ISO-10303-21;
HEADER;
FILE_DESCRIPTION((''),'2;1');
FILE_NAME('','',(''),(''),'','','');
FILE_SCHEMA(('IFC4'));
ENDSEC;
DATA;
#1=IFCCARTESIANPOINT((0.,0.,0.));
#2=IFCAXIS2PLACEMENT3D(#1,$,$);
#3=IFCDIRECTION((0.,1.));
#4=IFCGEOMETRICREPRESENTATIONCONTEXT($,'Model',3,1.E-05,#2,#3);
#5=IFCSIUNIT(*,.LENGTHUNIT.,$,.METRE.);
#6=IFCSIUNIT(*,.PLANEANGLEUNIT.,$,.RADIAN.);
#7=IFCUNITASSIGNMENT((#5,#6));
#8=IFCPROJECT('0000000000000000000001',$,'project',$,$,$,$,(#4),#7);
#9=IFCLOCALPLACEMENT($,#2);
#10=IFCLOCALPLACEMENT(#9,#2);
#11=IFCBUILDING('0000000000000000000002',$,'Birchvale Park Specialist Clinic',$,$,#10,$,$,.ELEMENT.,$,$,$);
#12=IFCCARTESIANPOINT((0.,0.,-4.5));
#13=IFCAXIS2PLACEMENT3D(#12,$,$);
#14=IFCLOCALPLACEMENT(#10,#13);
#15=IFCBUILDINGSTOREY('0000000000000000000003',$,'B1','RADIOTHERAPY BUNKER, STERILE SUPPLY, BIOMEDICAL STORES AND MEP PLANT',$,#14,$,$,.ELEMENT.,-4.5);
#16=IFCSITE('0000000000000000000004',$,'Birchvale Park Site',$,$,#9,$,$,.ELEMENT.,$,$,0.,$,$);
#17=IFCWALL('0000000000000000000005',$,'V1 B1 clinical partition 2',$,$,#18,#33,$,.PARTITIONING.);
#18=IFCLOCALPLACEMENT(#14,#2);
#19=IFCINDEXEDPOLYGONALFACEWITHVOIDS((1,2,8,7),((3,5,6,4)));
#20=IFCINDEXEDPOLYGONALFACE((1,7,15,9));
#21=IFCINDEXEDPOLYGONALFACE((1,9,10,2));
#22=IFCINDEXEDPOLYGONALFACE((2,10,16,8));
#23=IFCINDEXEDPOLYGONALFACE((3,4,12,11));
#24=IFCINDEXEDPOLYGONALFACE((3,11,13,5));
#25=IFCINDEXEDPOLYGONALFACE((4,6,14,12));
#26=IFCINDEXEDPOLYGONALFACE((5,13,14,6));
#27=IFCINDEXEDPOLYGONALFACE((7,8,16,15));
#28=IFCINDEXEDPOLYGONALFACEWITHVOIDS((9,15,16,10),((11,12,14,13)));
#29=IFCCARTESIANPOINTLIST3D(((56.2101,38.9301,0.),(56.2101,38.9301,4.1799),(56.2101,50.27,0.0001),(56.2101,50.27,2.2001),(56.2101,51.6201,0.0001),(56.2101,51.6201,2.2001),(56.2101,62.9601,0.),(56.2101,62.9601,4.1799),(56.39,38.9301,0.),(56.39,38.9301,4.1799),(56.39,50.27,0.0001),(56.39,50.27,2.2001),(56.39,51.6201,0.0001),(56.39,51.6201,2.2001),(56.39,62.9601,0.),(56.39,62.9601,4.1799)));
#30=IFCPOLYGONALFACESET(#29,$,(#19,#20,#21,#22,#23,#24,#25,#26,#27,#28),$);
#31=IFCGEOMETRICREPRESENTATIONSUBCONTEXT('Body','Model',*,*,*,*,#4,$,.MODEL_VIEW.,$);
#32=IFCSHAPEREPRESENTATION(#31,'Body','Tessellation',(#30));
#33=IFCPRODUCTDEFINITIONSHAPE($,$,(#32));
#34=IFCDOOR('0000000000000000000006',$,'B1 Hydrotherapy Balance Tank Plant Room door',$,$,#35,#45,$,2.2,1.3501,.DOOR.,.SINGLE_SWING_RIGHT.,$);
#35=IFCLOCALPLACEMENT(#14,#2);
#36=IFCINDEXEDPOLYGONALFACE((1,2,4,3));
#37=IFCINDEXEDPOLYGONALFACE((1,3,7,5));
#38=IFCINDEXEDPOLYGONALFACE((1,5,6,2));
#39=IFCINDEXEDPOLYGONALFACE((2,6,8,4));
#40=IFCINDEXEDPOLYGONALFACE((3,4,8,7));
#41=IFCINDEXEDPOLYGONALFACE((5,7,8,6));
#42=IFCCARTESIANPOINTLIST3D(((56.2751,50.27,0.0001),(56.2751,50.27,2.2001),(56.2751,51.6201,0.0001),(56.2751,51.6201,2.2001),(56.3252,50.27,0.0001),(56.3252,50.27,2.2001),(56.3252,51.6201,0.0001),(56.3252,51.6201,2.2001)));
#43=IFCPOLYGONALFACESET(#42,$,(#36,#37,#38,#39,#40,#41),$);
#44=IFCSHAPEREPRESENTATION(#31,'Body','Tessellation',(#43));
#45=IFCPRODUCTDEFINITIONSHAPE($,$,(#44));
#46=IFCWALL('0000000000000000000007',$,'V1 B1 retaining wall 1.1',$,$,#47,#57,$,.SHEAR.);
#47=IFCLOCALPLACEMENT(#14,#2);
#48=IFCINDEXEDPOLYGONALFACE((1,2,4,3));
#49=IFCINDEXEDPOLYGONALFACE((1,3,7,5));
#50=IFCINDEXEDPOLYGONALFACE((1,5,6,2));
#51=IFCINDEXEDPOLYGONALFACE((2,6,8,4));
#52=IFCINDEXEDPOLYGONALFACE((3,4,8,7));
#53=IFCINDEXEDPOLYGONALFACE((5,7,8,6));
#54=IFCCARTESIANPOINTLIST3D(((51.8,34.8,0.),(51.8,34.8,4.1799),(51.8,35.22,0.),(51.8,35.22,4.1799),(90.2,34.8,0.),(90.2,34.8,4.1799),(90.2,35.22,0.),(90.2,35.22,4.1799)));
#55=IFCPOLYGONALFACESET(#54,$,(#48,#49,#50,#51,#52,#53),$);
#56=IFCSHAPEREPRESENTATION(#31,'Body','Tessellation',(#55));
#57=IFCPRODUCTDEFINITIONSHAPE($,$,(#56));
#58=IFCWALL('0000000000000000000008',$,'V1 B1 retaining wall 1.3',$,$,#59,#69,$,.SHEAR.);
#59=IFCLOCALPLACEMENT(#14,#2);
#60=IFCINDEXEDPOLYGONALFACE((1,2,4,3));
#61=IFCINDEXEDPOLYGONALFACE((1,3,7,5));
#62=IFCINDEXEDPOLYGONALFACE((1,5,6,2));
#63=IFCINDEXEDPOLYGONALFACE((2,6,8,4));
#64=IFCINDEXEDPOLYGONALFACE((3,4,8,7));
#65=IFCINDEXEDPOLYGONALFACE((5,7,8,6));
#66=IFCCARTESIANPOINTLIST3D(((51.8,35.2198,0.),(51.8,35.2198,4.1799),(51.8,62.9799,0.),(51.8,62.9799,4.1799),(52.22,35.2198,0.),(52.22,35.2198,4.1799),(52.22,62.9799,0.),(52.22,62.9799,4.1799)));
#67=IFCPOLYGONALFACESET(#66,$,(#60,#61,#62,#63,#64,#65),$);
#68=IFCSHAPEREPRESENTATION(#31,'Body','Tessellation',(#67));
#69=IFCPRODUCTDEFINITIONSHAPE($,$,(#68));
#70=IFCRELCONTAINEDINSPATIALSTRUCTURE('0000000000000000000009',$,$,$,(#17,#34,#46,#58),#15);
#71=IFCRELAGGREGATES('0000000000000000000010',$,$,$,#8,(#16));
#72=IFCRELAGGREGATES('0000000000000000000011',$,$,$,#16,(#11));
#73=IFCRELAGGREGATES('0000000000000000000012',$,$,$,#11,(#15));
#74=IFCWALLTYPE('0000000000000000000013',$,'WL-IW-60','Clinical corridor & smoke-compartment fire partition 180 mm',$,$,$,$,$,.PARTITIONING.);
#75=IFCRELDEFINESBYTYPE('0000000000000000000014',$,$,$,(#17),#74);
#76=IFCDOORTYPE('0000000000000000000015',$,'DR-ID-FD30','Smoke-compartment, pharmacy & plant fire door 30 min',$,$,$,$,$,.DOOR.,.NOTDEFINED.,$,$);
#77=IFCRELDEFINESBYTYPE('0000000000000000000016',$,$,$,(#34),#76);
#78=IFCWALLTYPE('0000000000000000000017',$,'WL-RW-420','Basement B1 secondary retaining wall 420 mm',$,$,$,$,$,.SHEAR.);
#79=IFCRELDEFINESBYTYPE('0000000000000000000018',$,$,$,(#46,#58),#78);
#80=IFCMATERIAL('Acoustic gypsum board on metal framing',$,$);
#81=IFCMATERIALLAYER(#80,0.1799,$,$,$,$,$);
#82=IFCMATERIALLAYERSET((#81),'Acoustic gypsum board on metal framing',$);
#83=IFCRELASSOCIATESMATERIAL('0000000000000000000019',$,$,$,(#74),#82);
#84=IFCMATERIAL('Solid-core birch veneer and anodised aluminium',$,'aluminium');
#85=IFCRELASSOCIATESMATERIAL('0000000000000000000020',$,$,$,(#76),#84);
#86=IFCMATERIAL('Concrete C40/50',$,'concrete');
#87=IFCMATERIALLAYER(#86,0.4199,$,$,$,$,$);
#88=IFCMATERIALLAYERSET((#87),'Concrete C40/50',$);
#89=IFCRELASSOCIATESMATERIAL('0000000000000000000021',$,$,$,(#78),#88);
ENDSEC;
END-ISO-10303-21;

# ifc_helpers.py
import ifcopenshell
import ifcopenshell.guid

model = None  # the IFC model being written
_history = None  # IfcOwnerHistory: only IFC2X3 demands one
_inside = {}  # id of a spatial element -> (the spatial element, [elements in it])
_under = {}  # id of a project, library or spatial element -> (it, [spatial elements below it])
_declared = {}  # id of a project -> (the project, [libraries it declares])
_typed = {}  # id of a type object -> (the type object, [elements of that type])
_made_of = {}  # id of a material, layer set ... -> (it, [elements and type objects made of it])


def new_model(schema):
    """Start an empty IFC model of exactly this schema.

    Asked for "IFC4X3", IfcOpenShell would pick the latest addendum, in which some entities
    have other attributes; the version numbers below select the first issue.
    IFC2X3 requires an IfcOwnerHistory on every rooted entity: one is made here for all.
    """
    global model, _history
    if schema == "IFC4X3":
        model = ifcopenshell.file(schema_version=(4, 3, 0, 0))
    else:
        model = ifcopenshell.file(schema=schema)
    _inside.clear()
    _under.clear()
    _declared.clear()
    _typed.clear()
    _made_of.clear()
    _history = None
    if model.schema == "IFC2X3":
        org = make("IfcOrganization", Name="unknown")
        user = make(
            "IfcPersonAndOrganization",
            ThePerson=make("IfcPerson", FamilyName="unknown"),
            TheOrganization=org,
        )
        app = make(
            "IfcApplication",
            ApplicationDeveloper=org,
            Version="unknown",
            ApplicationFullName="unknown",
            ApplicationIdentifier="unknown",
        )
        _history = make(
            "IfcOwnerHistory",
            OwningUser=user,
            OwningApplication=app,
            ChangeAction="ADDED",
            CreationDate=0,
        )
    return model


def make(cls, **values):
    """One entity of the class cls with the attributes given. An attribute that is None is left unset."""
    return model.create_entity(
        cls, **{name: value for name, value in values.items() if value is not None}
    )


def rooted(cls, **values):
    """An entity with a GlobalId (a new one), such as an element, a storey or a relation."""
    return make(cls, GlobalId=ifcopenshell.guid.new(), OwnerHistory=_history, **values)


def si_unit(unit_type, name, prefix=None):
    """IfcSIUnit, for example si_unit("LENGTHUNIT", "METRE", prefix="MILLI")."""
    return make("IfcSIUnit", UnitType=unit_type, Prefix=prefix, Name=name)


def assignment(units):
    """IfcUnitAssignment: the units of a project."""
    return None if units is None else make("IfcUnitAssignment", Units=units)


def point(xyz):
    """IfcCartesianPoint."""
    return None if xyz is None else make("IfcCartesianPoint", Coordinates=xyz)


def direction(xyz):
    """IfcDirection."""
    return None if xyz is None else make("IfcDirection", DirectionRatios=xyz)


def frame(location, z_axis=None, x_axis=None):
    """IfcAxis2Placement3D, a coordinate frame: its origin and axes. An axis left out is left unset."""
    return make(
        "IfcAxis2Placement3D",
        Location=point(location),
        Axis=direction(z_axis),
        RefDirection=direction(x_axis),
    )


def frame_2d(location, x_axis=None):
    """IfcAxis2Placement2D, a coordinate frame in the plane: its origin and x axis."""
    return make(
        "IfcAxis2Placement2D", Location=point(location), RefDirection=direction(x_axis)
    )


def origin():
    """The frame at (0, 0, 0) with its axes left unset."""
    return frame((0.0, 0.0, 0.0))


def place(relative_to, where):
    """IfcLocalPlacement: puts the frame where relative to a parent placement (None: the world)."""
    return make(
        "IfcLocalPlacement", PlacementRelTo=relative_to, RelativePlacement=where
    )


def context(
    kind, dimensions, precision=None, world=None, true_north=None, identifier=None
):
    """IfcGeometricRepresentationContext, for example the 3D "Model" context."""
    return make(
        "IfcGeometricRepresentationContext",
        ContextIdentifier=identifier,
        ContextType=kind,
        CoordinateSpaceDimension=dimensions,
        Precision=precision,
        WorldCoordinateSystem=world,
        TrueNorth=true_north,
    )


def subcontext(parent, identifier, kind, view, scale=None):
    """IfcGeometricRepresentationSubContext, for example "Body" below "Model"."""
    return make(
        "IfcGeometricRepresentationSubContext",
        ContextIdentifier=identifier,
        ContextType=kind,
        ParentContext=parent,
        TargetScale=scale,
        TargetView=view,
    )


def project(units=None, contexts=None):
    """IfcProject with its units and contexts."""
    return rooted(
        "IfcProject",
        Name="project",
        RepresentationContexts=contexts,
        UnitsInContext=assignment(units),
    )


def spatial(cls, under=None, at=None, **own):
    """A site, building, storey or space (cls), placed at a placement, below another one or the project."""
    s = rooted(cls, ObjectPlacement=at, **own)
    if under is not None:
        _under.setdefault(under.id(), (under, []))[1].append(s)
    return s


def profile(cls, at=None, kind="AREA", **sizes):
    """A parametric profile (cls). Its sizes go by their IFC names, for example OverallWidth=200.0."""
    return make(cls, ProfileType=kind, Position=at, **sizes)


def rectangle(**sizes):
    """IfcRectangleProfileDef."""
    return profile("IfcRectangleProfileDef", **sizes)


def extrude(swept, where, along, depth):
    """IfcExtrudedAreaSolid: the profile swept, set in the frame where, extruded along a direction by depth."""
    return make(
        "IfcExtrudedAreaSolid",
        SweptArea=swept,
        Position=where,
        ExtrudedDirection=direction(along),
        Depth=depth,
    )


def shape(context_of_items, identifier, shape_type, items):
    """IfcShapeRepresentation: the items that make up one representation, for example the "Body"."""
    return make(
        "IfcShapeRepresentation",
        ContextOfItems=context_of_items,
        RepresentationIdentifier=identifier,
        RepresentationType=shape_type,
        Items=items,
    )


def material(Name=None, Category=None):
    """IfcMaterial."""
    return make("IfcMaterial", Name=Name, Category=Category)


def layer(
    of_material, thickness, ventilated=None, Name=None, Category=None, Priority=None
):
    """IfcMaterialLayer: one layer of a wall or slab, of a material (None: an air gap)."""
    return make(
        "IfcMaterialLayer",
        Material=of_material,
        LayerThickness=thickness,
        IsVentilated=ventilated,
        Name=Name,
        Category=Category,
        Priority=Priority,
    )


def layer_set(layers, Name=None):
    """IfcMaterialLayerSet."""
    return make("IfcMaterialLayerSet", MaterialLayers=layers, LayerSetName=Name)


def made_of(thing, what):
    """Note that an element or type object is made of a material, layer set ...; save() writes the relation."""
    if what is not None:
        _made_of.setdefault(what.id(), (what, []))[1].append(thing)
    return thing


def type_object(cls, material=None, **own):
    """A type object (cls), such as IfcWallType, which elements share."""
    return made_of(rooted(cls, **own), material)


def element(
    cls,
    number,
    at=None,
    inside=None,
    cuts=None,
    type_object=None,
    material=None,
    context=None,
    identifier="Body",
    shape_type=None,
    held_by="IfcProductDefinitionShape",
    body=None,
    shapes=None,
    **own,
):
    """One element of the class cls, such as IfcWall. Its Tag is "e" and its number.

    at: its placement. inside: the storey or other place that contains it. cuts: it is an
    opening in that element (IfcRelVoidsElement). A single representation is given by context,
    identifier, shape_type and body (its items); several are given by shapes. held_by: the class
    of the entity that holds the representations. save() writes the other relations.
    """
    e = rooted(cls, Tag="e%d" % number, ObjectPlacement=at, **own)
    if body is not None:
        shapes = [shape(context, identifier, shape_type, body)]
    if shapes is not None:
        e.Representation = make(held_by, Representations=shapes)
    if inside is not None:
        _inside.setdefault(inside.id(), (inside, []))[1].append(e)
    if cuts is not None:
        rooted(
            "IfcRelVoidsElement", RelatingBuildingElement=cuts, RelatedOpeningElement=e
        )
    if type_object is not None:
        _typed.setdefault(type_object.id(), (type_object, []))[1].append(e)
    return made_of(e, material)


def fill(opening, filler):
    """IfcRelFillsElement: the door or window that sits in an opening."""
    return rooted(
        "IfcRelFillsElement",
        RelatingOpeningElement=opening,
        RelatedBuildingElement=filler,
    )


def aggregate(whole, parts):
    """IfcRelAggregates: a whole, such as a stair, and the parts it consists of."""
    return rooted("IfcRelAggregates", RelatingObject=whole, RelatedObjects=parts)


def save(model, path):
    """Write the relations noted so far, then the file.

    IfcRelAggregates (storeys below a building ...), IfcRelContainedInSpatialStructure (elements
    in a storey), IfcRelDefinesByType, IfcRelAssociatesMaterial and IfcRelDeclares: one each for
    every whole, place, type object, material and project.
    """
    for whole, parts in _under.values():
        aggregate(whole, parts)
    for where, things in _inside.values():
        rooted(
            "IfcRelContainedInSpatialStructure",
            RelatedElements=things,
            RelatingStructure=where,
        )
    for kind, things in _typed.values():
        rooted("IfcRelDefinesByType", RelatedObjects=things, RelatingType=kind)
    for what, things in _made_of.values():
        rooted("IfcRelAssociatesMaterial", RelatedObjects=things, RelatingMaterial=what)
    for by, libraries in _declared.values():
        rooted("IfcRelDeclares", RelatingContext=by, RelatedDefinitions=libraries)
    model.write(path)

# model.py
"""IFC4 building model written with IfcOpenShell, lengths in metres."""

from ifc_helpers import new_model, si_unit, direction, frame, frame_2d, origin, place, context, subcontext, project, spatial, rectangle, extrude, material, layer, layer_set, type_object, element, fill, save


model = new_model("IFC4")

# Units and contexts
model_context = context("Model", 3, precision=1e-05, world=origin(), true_north=direction((0.0, 1.0)))
body_context = subcontext(model_context, "Body", "Model", "MODEL_VIEW")
ifc_project = project(units=[si_unit("LENGTHUNIT", "METRE"), si_unit("PLANEANGLEUNIT", "RADIAN")], contexts=[model_context])

# Site, building, storey
site_placement = place(None, origin())
site = spatial("IfcSite", under=ifc_project, at=site_placement, Name="Birchvale Park Site", CompositionType="ELEMENT", RefElevation=0.0)
building_placement = place(site_placement, origin())
building = spatial("IfcBuilding", under=site, at=building_placement, Name="Birchvale Park Specialist Clinic", CompositionType="ELEMENT")
storey_placement = place(building_placement, frame((0.0, 0.0, -4.5)))
storey = spatial("IfcBuildingStorey", under=building, at=storey_placement, Name="B1", Description="RADIOTHERAPY BUNKER, STERILE SUPPLY, BIOMEDICAL STORES AND MEP PLANT", CompositionType="ELEMENT", Elevation=-4.5)

# Shared definitions
ifc_material_1 = material(Name="Concrete C40/50", Category="concrete")

# Shared definitions
ifc_material_2 = material(Name="Solid-core birch veneer and anodised aluminium", Category="aluminium")

# Shared definitions
ifc_material_3 = material(Name="Acoustic gypsum board on metal framing")
ifc_layer_1 = layer(ifc_material_3, 0.1799)
ifc_layer_set_1 = layer_set([ifc_layer_1], Name="Acoustic gypsum board on metal framing")
wall_type_1 = type_object("IfcWallType", Name="WL-IW-60", Description="Clinical corridor & smoke-compartment fire partition 180 mm", PredefinedType="PARTITIONING", material=ifc_layer_set_1)

# Wall, opening, door
wall_1_placement = place(storey_placement, frame((56.3, 38.9299, 0.0), z_axis=(0.0, 0.0, 1.0), x_axis=(0.0, 1.0, 0.0)))
wall_1 = element("IfcWall", 1, at=wall_1_placement, inside=storey, type_object=wall_type_1, Name="V1 B1 clinical partition 2", PredefinedType="PARTITIONING", context=body_context, shape_type="SweptSolid", body=[
    extrude(rectangle(XDim=24.03, YDim=0.1799, at=frame_2d((12.0151, 0.0))), origin(), (0.0, 0.0, 1.0), 4.1799),
])
opening_1_placement = place(wall_1_placement, frame((11.3401, 0.0, 0.0)))
opening_1 = element("IfcOpeningElement", 2, at=opening_1_placement, cuts=wall_1, PredefinedType="OPENING", context=body_context, shape_type="SweptSolid", body=[
    extrude(rectangle(XDim=1.3501, YDim=2.2, at=frame_2d((0.675, 1.1001))), frame((0.0, 0.1001, 0.0), z_axis=(0.0, -1.0, 0.0), x_axis=(1.0, 0.0, 0.0)), (0.0, 0.0, 1.0), 0.2),
])
door_type_1 = type_object("IfcDoorType", Name="DR-ID-FD30", Description="Smoke-compartment, pharmacy & plant fire door 30 min", OperationType="NOTDEFINED", PredefinedType="DOOR", material=ifc_material_2)
door_1_placement = place(opening_1_placement, origin())
door_1 = element("IfcDoor", 3, at=door_1_placement, inside=storey, type_object=door_type_1, Name="B1 Hydrotherapy Balance Tank Plant Room door", OperationType="SINGLE_SWING_RIGHT", OverallHeight=2.2, OverallWidth=1.3501, PredefinedType="DOOR", context=body_context, shape_type="SweptSolid", body=[
    extrude(rectangle(XDim=1.3501, YDim=2.2, at=frame_2d((0.675, 1.1001))), frame((0.0, 0.0249, 0.0), z_axis=(0.0, -1.0, 0.0), x_axis=(1.0, 0.0, 0.0)), (0.0, 0.0, 1.0), 0.05),
])
fill(opening_1, door_1)

# Walls
ifc_layer_2 = layer(ifc_material_1, 0.4199)
ifc_layer_set_2 = layer_set([ifc_layer_2], Name="Concrete C40/50")
wall_type_2 = type_object("IfcWallType", Name="WL-RW-420", Description="Basement B1 secondary retaining wall 420 mm", PredefinedType="SHEAR", material=ifc_layer_set_2)
wall_2_placement = place(storey_placement, frame((51.8, 35.01, 0.0), z_axis=(0.0, 0.0, 1.0), x_axis=(1.0, 0.0, 0.0)))
element("IfcWall", 4, at=wall_2_placement, inside=storey, type_object=wall_type_2, Name="V1 B1 retaining wall 1.1", PredefinedType="SHEAR", context=body_context, shape_type="SweptSolid", body=[
    extrude(rectangle(XDim=38.3999, YDim=0.4199, at=frame_2d((19.2, 0.0))), origin(), (0.0, 0.0, 1.0), 4.1799),
])
wall_3_placement = place(storey_placement, frame((52.01, 35.22, 0.0), z_axis=(0.0, 0.0, 1.0), x_axis=(0.0, 1.0, 0.0)))
element("IfcWall", 5, at=wall_3_placement, inside=storey, type_object=wall_type_2, Name="V1 B1 retaining wall 1.3", PredefinedType="SHEAR", context=body_context, shape_type="SweptSolid", body=[
    extrude(rectangle(XDim=27.76, YDim=0.4199, at=frame_2d((13.8799, 0.0))), origin(), (0.0, 0.0, 1.0), 4.1799),
])

save(model, "model.ifc")
